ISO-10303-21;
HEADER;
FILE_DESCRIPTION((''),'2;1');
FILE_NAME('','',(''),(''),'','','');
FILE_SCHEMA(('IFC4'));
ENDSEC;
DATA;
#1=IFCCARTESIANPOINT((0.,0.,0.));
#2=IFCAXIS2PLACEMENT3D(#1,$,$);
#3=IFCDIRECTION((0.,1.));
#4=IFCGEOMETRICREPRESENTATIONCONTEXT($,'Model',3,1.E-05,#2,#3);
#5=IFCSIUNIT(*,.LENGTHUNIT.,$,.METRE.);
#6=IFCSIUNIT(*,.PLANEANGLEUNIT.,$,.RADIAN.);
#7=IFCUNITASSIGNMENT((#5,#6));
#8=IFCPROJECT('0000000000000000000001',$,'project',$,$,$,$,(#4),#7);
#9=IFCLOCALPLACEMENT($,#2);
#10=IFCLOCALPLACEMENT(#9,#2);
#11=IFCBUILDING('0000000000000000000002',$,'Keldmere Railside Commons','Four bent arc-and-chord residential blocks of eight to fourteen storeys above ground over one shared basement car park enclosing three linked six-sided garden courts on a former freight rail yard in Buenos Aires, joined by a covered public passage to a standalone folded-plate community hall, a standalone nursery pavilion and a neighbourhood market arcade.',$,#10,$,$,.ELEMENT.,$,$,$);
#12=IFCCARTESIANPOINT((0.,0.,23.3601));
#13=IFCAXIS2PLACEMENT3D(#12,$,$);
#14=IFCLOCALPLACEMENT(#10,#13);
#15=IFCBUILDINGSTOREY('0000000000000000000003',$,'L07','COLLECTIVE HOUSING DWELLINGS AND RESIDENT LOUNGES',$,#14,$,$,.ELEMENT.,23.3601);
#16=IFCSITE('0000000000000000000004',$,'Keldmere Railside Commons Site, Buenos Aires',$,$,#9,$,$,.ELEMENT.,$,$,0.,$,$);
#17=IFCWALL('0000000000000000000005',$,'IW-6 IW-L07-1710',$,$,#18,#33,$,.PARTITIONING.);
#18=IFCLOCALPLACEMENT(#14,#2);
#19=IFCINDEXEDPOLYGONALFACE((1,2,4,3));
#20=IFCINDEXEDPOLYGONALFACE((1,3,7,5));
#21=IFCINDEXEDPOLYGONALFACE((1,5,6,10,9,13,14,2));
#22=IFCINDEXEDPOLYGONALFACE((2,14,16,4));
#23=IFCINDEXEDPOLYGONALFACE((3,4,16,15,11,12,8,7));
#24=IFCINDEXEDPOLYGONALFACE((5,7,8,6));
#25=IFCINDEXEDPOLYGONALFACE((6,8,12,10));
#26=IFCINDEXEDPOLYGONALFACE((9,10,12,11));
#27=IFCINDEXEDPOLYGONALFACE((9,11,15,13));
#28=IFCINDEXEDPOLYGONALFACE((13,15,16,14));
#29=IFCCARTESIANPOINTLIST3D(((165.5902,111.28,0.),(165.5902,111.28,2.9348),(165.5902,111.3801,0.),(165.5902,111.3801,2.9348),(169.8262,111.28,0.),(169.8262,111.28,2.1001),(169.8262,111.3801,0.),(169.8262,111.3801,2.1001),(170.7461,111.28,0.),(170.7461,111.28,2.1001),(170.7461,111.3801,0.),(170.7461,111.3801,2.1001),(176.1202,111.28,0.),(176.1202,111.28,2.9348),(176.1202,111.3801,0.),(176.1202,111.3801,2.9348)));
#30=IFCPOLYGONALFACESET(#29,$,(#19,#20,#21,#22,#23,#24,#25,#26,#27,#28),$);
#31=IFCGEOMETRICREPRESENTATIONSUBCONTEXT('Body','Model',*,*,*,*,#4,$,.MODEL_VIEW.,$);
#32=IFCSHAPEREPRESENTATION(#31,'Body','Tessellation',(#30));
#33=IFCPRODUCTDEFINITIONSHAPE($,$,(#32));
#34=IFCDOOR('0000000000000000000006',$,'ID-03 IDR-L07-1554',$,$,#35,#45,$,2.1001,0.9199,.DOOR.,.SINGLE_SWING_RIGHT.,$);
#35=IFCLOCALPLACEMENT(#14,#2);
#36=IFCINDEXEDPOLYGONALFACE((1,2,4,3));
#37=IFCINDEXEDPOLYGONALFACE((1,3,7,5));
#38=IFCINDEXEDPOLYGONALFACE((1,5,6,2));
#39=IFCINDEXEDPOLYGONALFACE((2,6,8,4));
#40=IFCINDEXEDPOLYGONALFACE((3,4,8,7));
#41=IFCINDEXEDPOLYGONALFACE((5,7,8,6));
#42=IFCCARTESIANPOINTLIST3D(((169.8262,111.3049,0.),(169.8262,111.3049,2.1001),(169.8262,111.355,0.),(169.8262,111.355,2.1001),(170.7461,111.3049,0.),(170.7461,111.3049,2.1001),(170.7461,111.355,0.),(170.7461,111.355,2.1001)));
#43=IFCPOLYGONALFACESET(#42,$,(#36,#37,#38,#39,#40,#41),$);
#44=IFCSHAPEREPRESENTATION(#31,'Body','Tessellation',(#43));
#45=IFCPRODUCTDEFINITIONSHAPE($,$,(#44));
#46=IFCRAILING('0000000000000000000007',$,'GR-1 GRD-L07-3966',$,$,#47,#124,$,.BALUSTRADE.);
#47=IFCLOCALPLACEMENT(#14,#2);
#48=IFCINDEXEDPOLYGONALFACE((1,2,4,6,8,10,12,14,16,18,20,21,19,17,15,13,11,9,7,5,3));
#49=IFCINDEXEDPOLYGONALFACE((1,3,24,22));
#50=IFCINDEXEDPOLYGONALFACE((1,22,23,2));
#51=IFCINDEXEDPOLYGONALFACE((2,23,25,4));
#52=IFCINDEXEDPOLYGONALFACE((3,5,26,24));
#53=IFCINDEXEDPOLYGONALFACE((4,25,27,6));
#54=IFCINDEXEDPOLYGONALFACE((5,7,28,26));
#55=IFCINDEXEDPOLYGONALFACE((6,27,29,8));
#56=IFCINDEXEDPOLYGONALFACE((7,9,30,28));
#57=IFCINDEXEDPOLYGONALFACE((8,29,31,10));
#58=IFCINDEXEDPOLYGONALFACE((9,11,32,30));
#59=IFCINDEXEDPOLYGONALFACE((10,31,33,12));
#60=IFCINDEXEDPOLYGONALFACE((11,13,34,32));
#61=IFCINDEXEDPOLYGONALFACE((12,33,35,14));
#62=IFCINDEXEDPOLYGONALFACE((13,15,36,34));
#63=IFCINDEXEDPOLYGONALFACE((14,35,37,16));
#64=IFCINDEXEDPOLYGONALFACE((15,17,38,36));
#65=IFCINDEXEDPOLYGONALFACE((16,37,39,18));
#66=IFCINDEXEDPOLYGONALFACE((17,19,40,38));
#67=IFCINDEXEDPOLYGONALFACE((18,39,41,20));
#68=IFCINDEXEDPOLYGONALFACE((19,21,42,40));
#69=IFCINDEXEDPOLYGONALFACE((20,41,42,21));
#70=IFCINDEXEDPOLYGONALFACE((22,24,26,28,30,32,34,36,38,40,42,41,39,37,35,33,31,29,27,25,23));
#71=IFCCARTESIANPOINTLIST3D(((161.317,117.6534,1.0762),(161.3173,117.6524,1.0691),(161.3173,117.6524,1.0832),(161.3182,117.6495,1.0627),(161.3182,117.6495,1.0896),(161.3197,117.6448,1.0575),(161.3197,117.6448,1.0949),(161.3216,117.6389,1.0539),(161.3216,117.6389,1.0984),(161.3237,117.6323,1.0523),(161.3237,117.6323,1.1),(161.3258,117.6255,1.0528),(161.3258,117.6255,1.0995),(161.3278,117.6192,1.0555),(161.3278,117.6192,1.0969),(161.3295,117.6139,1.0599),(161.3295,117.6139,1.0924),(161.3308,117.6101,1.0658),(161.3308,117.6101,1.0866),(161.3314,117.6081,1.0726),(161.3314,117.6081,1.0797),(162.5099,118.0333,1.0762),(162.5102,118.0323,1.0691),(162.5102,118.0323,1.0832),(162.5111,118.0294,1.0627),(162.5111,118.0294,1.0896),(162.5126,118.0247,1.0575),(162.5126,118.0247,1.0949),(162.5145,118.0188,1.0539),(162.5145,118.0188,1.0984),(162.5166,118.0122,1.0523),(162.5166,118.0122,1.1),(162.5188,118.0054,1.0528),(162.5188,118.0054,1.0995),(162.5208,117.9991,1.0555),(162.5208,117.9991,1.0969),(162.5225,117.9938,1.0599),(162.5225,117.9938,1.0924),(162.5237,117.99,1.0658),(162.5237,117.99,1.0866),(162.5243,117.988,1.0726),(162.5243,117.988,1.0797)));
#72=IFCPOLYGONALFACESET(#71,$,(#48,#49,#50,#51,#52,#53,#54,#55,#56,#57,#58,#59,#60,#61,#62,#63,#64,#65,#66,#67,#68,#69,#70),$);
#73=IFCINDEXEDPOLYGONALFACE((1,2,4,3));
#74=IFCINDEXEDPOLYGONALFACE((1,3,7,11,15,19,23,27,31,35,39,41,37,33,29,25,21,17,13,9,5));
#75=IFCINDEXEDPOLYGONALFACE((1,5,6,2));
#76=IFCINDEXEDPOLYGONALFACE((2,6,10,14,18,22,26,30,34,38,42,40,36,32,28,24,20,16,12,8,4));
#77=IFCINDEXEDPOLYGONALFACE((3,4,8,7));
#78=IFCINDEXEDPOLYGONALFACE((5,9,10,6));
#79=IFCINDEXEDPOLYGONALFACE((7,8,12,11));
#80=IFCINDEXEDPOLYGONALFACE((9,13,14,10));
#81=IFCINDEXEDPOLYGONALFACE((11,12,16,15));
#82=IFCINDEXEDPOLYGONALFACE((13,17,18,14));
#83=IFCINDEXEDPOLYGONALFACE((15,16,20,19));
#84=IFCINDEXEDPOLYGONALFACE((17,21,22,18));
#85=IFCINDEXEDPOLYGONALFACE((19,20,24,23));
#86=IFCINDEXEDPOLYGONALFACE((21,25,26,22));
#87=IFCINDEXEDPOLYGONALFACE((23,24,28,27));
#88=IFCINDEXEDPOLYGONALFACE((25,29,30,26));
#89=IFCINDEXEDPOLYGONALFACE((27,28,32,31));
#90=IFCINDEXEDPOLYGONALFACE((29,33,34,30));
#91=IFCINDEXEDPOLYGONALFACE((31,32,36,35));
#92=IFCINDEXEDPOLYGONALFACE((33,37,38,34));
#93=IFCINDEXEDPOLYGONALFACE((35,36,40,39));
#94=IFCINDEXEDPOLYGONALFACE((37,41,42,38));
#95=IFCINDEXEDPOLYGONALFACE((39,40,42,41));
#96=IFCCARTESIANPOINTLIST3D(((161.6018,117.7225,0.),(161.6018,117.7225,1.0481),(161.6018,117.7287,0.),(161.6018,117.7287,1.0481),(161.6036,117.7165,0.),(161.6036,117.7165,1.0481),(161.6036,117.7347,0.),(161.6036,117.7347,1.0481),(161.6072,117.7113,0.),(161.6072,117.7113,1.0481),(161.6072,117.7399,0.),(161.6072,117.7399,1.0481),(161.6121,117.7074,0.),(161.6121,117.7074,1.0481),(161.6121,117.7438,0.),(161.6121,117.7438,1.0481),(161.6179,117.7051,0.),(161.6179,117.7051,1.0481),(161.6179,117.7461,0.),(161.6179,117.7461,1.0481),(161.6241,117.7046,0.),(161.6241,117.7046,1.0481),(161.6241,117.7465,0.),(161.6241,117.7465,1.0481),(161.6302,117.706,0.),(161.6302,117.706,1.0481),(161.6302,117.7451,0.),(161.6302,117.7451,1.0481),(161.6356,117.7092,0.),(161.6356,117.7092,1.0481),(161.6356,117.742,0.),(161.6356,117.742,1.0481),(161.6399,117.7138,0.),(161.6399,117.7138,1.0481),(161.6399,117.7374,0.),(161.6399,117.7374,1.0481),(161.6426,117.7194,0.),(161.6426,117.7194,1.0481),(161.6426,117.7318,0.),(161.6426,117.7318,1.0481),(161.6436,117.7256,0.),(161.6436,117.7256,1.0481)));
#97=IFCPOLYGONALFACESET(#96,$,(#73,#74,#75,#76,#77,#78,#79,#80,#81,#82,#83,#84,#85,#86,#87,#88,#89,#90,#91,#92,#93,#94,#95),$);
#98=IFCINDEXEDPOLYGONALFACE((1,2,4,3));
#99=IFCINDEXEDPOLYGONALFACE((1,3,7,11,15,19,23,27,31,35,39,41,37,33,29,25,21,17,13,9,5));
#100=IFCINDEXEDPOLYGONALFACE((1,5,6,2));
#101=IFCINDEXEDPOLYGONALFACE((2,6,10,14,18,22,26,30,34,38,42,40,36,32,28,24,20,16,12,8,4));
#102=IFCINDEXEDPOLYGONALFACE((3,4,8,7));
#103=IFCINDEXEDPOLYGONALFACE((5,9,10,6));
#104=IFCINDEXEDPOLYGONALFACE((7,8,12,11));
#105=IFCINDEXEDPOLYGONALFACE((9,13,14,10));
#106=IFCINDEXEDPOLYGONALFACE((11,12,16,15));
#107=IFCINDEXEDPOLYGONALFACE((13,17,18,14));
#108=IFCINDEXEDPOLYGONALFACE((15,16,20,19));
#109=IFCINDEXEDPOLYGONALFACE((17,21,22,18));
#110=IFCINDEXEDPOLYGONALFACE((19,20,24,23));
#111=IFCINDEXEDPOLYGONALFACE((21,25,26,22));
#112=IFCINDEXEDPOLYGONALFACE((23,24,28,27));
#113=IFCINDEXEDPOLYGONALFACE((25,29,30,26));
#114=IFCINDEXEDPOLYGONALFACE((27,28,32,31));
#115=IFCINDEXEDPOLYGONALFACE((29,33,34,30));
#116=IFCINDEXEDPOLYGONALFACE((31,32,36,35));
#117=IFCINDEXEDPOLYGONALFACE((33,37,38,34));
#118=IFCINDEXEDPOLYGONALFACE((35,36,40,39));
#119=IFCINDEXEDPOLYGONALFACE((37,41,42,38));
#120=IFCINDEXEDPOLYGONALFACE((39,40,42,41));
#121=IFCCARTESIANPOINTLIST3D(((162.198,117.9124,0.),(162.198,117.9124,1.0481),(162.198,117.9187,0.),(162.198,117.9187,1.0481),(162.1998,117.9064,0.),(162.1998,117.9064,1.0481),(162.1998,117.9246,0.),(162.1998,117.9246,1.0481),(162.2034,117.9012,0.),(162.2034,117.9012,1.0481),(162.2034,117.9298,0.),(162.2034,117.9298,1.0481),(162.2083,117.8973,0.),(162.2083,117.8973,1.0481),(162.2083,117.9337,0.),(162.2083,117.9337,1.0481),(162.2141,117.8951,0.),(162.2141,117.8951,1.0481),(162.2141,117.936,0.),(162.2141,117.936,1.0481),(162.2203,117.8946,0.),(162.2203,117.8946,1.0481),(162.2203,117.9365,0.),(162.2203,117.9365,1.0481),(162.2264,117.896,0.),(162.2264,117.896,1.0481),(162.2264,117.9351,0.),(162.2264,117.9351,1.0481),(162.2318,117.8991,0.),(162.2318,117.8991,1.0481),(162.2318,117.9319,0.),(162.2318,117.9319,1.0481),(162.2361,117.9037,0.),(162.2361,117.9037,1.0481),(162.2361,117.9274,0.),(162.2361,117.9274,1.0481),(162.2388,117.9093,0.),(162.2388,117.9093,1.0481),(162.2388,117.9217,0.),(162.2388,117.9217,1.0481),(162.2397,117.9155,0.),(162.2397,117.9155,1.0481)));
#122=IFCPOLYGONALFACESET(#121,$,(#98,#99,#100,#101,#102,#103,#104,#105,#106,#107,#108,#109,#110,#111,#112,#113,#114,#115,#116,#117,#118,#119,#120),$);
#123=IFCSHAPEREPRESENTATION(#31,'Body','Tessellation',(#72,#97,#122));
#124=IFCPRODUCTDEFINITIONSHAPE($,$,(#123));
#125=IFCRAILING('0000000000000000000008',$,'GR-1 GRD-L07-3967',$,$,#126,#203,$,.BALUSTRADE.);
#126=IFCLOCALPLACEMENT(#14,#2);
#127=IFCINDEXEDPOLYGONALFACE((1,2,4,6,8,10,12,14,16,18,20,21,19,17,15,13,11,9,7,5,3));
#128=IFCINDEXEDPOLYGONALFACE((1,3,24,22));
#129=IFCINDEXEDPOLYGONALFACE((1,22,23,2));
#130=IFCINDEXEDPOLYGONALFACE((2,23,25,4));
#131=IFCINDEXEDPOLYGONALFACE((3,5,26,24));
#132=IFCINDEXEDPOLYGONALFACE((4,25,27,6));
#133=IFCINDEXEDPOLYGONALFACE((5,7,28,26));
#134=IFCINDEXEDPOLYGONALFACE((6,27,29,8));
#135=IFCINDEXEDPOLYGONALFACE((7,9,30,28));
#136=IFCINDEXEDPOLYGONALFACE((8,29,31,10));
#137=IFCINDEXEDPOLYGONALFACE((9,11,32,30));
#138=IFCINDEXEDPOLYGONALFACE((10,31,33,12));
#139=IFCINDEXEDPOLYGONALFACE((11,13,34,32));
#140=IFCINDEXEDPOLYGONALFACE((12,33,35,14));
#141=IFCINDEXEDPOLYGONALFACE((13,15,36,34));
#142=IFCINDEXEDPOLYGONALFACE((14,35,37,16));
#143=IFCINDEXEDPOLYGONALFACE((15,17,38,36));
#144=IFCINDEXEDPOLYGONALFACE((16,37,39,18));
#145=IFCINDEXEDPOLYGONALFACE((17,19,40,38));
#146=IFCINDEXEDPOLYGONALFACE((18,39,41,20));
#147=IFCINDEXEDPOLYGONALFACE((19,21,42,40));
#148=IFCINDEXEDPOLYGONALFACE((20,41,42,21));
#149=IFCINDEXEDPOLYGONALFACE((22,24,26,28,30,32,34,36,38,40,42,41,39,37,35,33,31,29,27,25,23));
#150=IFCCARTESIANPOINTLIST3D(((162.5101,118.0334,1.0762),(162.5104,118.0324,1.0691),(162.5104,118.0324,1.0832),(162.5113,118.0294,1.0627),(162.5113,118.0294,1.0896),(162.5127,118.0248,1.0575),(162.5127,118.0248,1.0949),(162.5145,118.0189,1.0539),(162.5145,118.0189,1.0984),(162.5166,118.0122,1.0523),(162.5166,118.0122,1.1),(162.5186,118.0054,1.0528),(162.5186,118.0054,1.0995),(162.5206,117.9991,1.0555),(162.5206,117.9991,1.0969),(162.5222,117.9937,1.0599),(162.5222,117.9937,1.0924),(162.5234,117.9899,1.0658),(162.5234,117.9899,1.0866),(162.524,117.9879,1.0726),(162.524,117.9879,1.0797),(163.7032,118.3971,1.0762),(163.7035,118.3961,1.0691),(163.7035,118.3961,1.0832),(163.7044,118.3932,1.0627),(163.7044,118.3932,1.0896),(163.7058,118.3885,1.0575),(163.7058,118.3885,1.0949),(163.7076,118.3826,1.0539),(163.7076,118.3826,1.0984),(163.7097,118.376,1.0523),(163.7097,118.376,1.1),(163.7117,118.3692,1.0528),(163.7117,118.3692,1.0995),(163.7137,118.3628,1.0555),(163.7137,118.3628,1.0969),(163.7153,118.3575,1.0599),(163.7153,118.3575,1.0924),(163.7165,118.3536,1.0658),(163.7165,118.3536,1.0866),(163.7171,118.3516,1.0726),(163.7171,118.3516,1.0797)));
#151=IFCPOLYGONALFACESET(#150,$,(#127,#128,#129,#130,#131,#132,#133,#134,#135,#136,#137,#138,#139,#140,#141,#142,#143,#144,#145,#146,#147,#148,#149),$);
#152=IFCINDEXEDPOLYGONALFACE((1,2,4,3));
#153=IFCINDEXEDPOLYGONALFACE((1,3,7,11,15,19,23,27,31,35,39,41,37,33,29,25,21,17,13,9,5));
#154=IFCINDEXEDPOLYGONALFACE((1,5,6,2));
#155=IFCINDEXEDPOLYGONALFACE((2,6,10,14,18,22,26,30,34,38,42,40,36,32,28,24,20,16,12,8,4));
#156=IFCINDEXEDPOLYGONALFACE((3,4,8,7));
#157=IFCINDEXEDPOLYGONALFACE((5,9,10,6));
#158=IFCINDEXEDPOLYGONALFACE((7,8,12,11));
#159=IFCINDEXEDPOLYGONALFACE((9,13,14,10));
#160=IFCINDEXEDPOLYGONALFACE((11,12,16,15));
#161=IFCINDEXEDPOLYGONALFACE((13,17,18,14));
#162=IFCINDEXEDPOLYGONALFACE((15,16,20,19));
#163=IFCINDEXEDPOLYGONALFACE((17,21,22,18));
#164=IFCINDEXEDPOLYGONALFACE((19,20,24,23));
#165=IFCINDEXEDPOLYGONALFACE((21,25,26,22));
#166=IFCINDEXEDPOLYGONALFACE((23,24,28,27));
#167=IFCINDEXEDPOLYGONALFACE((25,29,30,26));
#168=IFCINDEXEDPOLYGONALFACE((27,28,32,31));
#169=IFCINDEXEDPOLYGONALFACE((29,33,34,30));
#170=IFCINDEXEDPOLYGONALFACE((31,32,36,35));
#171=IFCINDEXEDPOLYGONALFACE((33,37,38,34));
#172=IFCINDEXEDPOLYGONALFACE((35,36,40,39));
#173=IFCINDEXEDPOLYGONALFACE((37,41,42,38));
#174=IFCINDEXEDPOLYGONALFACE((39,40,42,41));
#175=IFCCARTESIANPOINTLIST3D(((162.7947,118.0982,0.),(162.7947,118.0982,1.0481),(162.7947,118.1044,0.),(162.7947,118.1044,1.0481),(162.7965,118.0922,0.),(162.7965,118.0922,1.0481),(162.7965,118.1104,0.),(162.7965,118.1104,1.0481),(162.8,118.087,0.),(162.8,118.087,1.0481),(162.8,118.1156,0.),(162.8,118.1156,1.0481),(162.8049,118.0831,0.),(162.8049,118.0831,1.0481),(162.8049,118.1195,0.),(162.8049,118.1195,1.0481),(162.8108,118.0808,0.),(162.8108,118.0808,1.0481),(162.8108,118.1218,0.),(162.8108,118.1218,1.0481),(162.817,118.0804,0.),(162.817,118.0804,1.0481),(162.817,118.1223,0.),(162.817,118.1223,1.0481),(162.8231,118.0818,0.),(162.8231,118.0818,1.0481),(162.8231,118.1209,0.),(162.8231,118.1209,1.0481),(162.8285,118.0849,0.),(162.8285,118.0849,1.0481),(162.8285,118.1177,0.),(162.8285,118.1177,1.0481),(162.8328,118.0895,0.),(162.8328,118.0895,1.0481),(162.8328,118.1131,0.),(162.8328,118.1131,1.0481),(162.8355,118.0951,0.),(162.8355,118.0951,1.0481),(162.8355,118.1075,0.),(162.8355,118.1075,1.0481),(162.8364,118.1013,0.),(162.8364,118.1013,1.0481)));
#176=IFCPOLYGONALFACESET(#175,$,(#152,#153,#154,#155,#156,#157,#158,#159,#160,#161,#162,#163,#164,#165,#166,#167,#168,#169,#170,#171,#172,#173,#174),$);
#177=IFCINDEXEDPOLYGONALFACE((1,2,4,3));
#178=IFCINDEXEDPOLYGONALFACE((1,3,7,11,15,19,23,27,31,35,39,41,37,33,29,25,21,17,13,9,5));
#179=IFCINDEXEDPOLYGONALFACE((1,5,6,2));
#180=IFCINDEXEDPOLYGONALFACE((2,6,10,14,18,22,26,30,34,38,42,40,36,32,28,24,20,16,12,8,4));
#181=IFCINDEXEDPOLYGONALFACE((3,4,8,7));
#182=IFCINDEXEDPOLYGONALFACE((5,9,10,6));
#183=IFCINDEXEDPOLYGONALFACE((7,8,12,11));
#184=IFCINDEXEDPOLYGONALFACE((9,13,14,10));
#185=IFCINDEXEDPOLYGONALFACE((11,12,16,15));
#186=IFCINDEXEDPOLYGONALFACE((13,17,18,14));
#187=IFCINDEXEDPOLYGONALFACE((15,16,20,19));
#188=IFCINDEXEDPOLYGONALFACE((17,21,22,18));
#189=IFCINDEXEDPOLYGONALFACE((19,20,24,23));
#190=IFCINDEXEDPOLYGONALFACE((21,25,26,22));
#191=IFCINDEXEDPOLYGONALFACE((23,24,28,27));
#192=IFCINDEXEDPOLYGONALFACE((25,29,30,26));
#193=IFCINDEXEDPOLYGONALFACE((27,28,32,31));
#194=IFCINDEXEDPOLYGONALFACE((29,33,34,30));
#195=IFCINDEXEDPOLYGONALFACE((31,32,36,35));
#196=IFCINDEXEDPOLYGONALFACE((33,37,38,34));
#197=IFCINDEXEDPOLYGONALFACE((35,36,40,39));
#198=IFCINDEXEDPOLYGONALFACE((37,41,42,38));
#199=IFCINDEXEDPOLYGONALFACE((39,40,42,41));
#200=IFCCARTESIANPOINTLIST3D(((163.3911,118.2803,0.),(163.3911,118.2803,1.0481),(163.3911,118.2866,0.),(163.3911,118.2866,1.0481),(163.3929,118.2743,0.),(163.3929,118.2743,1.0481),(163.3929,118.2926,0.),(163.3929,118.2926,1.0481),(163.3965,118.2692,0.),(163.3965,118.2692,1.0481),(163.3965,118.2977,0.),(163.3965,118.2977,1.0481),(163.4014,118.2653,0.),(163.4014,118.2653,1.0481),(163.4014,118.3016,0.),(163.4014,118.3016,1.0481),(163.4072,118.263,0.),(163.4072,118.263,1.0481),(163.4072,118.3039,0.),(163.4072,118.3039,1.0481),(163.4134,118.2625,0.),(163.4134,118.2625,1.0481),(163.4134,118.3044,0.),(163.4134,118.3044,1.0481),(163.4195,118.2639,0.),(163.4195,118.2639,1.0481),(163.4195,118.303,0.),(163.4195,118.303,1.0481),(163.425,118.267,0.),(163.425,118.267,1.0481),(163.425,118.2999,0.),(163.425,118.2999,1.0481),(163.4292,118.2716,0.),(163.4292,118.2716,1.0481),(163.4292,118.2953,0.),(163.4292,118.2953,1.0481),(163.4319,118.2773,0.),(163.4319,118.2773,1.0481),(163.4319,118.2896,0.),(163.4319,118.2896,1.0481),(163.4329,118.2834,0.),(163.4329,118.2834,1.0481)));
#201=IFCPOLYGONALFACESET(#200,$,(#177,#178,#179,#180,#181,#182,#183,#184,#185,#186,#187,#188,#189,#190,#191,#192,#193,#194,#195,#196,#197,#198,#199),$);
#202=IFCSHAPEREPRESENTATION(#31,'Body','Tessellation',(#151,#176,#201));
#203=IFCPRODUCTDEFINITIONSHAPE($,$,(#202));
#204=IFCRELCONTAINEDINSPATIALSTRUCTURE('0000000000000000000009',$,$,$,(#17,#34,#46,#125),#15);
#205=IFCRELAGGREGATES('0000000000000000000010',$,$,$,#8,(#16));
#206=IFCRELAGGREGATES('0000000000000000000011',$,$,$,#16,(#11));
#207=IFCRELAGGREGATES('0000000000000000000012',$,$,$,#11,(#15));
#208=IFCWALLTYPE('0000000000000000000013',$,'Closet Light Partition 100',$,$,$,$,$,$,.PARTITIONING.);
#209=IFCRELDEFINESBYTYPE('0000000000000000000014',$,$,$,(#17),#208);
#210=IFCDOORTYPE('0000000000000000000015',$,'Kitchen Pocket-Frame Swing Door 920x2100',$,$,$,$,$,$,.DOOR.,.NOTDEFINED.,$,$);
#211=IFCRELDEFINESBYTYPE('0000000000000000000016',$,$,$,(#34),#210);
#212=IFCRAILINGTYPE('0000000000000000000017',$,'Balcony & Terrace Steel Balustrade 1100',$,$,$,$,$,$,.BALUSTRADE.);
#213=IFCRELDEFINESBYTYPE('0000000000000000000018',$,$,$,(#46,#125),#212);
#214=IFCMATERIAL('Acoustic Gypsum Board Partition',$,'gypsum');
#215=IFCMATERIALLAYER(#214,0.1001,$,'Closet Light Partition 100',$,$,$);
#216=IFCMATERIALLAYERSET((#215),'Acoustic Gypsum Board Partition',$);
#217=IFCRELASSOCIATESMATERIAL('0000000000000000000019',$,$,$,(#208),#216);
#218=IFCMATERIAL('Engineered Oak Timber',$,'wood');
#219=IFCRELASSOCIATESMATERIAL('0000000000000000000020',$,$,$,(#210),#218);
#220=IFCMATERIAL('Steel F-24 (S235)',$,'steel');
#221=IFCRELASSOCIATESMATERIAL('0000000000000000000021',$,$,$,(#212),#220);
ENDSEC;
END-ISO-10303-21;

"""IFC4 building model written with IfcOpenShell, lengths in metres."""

from ifc_helpers import new_model, si_unit, direction, frame, frame_2d, origin, origin_2d, place, context, subcontext, project, spatial, rectangle, circle, extrude, material, layer, layer_set, type_object, element, fill, save


model = new_model("IFC4")

# Units and contexts
model_context = context("Model", 3, precision=1e-05, world=origin(), true_north=direction((0.0, 1.0)))
body_context = subcontext(model_context, "Body", "Model", "MODEL_VIEW")
ifc_project = project(units=[si_unit("LENGTHUNIT", "METRE"), si_unit("PLANEANGLEUNIT", "RADIAN")], contexts=[model_context])

# Site, building, storey
site_placement = place(None, origin())
site = spatial("IfcSite", under=ifc_project, at=site_placement, Name="Keldmere Railside Commons Site, Buenos Aires", CompositionType="ELEMENT", RefElevation=0.0)
building_placement = place(site_placement, origin())
building = spatial("IfcBuilding", under=site, at=building_placement, Name="Keldmere Railside Commons", Description="Four bent arc-and-chord residential blocks of eight to fourteen storeys above ground over one shared basement car park enclosing three linked six-sided garden courts on a former freight rail yard in Buenos Aires, joined by a covered public passage to a standalone folded-plate community hall, a standalone nursery pavilion and a neighbourhood market arcade.", CompositionType="ELEMENT")
storey_placement = place(building_placement, frame((0.0, 0.0, 23.3601)))
storey = spatial("IfcBuildingStorey", under=building, at=storey_placement, Name="L07", Description="COLLECTIVE HOUSING DWELLINGS AND RESIDENT LOUNGES", CompositionType="ELEMENT", Elevation=23.3601)

# Wall, opening, door
ifc_material_1 = material(Name="Acoustic Gypsum Board Partition", Category="gypsum")
ifc_layer = layer(ifc_material_1, 0.1001, Name="Closet Light Partition 100")
ifc_layer_set = layer_set([ifc_layer], Name="Acoustic Gypsum Board Partition")
wall_type = type_object("IfcWallType", Name="Closet Light Partition 100", PredefinedType="PARTITIONING", material=ifc_layer_set)
wall_placement = place(storey_placement, frame((165.5901, 111.3301, 0.0), z_axis=(0.0, 0.0, 1.0), x_axis=(1.0, 0.0, 0.0)))
wall = element("IfcWall", 1, at=wall_placement, inside=storey, type_object=wall_type, Name="IW-6 IW-L07-1710", PredefinedType="PARTITIONING", context=body_context, shape_type="SweptSolid", body=[
    extrude(rectangle(XDim=10.53, YDim=0.1001, at=frame_2d((5.2651, 0.0))), origin(), (0.0, 0.0, 1.0), 2.9348),
])
opening_placement = place(wall_placement, frame((4.2361, 0.0, 0.0)))
opening = element("IfcOpeningElement", 2, at=opening_placement, cuts=wall, PredefinedType="OPENING", context=body_context, shape_type="SweptSolid", body=[
    extrude(rectangle(XDim=0.9199, YDim=2.1001, at=frame_2d((0.46, 1.05))), frame((0.0, 0.0601, 0.0), z_axis=(0.0, -1.0, 0.0), x_axis=(1.0, 0.0, 0.0)), (0.0, 0.0, 1.0), 0.1201),
])
ifc_material_2 = material(Name="Engineered Oak Timber", Category="wood")
door_type = type_object("IfcDoorType", Name="Kitchen Pocket-Frame Swing Door 920x2100", OperationType="NOTDEFINED", PredefinedType="DOOR", material=ifc_material_2)
door_placement = place(opening_placement, origin())
door = element("IfcDoor", 3, at=door_placement, inside=storey, type_object=door_type, Name="ID-03 IDR-L07-1554", OperationType="SINGLE_SWING_RIGHT", OverallHeight=2.1001, OverallWidth=0.9199, PredefinedType="DOOR", context=body_context, shape_type="SweptSolid", body=[
    extrude(rectangle(XDim=0.9199, YDim=2.1001, at=frame_2d((0.46, 1.05))), frame((0.0, 0.0249, 0.0), z_axis=(0.0, -1.0, 0.0), x_axis=(1.0, 0.0, 0.0)), (0.0, 0.0, 1.0), 0.05),
])
fill(opening, door)

# Railings
ifc_material_3 = material(Name="Steel F-24 (S235)", Category="steel")
railing_type = type_object("IfcRailingType", Name="Balcony & Terrace Steel Balustrade 1100", PredefinedType="BALUSTRADE", material=ifc_material_3)
railing_1_placement = place(storey_placement, frame((161.3242, 117.6306, 0.0)))
element("IfcRailing", 4, at=railing_1_placement, inside=storey, type_object=railing_type, Name="GR-1 GRD-L07-3966", PredefinedType="BALUSTRADE", context=body_context, shape_type="SweptSolid", body=[
    extrude(circle(Radius=0.0239, at=origin_2d()), frame((0.0, 0.0, 1.0762), z_axis=(0.952849, 0.303445, 0.0), x_axis=(-0.303445, 0.952849, 0.0)), (0.0, 0.0, 1.0), 1.252),
    extrude(circle(Radius=0.021, at=origin_2d()), frame((0.2983, 0.095, 0.0)), (0.0, 0.0, 1.0), 1.0481),
    extrude(circle(Radius=0.021, at=origin_2d()), frame((0.8945, 0.2849, 0.0)), (0.0, 0.0, 1.0), 1.0481),
])
railing_2_placement = place(storey_placement, frame((162.5171, 118.0105, 0.0)))
element("IfcRailing", 5, at=railing_2_placement, inside=storey, type_object=railing_type, Name="GR-1 GRD-L07-3967", PredefinedType="BALUSTRADE", context=body_context, shape_type="SweptSolid", body=[
    extrude(circle(Radius=0.0239, at=origin_2d()), frame((0.0, 0.0, 1.0762), z_axis=(0.956529, 0.291637, 0.0), x_axis=(-0.291637, 0.956529, 0.0)), (0.0, 0.0, 1.0), 1.2473),
    extrude(circle(Radius=0.021, at=origin_2d()), frame((0.2983, 0.0908, 0.0)), (0.0, 0.0, 1.0), 1.0481),
    extrude(circle(Radius=0.021, at=origin_2d()), frame((0.8948, 0.2729, 0.0)), (0.0, 0.0, 1.0), 1.0481),
])

save(model, "model.ifc")
